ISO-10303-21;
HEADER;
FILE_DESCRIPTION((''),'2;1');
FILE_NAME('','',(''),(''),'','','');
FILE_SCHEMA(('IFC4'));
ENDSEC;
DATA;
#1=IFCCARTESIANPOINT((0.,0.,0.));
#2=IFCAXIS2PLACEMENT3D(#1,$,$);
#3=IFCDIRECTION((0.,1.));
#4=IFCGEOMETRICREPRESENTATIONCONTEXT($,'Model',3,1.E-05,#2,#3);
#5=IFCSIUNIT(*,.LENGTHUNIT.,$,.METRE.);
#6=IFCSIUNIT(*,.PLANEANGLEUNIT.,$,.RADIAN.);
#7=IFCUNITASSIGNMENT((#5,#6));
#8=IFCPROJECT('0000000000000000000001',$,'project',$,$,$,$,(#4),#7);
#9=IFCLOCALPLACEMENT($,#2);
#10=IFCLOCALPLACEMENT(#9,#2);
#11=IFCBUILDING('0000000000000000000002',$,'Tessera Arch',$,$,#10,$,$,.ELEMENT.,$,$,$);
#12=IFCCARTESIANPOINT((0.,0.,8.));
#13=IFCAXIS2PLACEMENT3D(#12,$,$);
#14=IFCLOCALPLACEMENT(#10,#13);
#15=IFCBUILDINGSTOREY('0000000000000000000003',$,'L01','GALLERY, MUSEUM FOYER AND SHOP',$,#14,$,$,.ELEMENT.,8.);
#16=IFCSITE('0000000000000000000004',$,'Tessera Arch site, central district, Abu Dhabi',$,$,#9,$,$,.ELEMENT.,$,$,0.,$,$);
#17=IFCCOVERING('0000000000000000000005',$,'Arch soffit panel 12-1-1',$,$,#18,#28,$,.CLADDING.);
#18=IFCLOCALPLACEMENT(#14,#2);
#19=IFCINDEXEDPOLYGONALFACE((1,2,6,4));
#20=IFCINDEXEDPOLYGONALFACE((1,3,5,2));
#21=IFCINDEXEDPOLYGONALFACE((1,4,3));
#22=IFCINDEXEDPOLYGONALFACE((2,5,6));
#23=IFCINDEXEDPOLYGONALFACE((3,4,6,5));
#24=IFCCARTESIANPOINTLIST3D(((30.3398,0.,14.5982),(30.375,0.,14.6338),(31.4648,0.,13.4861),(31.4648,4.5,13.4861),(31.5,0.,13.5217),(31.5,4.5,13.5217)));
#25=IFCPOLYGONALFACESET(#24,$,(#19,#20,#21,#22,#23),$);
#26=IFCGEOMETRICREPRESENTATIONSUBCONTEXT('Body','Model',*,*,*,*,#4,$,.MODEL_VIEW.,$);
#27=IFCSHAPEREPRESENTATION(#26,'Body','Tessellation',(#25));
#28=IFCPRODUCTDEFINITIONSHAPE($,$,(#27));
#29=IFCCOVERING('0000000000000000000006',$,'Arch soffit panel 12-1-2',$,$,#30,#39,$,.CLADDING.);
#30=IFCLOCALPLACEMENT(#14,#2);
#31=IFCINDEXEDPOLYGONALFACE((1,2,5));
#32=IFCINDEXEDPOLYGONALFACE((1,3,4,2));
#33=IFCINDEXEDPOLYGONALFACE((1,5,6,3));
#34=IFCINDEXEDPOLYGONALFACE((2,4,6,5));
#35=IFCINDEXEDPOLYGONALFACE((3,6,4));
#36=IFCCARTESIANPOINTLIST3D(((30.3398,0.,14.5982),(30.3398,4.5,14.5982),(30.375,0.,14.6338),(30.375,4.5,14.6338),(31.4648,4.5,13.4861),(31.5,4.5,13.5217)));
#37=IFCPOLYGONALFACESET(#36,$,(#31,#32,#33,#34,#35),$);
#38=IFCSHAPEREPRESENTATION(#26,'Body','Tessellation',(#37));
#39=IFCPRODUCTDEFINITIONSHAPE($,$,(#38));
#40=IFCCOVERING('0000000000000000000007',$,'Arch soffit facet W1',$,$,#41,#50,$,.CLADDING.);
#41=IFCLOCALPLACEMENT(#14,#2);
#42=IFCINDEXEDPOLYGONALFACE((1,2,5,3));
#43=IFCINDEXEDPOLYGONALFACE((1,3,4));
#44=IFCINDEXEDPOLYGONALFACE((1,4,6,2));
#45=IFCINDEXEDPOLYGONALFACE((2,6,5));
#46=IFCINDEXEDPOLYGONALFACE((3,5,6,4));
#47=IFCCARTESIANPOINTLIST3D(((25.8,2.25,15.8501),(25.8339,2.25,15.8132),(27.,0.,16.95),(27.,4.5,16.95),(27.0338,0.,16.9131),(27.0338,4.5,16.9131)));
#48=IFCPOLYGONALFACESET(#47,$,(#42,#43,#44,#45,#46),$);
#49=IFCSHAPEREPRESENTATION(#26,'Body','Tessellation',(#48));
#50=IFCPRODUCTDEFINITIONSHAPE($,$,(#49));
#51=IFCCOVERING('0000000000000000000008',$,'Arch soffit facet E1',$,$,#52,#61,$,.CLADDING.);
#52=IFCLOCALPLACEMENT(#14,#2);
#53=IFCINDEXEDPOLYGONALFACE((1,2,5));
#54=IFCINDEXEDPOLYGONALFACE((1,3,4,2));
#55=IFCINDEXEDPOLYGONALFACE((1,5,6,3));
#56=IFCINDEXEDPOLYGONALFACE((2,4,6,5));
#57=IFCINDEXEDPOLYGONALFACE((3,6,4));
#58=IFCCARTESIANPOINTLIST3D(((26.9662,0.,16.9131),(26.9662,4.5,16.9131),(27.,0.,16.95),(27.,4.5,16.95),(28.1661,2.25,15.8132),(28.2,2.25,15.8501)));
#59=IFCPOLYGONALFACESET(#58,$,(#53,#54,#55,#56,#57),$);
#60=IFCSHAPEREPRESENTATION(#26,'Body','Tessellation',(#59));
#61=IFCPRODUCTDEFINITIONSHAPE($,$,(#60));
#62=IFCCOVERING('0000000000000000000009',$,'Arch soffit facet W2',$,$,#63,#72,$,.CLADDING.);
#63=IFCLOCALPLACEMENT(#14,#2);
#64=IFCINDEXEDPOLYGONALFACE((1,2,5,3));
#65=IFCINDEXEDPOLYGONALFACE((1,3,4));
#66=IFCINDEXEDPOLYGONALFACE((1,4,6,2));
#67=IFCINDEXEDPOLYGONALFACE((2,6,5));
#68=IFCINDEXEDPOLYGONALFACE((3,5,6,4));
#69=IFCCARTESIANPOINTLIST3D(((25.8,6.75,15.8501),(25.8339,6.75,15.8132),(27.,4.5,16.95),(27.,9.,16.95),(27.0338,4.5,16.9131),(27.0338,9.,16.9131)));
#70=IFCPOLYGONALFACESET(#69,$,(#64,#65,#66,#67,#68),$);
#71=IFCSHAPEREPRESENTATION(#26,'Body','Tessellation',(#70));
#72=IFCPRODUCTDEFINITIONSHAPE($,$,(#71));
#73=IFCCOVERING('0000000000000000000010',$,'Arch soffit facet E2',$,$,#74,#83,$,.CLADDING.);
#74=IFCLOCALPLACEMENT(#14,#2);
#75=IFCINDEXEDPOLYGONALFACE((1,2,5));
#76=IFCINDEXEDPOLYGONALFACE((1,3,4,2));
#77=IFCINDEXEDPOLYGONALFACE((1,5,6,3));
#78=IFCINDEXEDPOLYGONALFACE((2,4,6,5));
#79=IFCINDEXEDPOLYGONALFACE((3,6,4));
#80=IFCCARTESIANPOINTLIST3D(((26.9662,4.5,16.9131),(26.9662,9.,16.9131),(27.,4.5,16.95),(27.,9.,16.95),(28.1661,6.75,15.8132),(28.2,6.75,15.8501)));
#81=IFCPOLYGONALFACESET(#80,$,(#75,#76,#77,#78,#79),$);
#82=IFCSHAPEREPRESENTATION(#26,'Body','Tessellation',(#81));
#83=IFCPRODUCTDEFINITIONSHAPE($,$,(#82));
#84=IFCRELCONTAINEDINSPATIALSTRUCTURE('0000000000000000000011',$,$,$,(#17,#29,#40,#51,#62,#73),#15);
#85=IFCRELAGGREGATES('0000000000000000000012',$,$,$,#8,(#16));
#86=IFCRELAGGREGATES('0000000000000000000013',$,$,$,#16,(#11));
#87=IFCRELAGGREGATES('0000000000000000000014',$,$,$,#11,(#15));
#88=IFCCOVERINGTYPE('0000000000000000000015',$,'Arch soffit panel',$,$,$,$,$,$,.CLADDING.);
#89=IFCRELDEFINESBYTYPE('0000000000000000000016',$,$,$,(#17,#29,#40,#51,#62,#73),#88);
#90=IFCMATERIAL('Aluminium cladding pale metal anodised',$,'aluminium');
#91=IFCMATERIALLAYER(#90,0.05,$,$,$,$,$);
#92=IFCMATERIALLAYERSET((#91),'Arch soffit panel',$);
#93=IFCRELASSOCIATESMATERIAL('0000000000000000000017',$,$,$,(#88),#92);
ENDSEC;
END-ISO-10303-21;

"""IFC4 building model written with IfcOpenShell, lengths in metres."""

from ifc_helpers import new_model, si_unit, direction, frame, origin, place, context, subcontext, project, spatial, polyline, outline, extrude, material, layer, layer_set, type_object, element, save


model = new_model("IFC4")

# Units and contexts
model_context = context("Model", 3, precision=1e-05, world=origin(), true_north=direction((0.0, 1.0)))
body_context = subcontext(model_context, "Body", "Model", "MODEL_VIEW")
ifc_project = project(units=[si_unit("LENGTHUNIT", "METRE"), si_unit("PLANEANGLEUNIT", "RADIAN")], contexts=[model_context])

# Site, building, storey
site_placement = place(None, origin())
site = spatial("IfcSite", under=ifc_project, at=site_placement, Name="Tessera Arch site, central district, Abu Dhabi", CompositionType="ELEMENT", RefElevation=0.0)
building_placement = place(site_placement, origin())
building = spatial("IfcBuilding", under=site, at=building_placement, Name="Tessera Arch", CompositionType="ELEMENT")
storey_placement = place(building_placement, frame((0.0, 0.0, 8.0)))
storey = spatial("IfcBuildingStorey", under=building, at=storey_placement, Name="L01", Description="GALLERY, MUSEUM FOYER AND SHOP", CompositionType="ELEMENT", Elevation=8.0)

# Coverings
ifc_material = material(Name="Aluminium cladding pale metal anodised", Category="aluminium")
ifc_layer = layer(ifc_material, 0.05)
ifc_layer_set = layer_set([ifc_layer], Name="Arch soffit panel")
covering_type = type_object("IfcCoveringType", Name="Arch soffit panel", PredefinedType="CLADDING", material=ifc_layer_set)
covering_1_placement = place(storey_placement, frame((30.375, 0.0, 14.6338), z_axis=(0.703005, 0.0, 0.711185), x_axis=(0.711185, 0.0, -0.703005)))
element("IfcCovering", 1, at=covering_1_placement, inside=storey, type_object=covering_type, Name="Arch soffit panel 12-1-1", PredefinedType="CLADDING", context=body_context, shape_type="SweptSolid", body=[
    extrude(outline(polyline([(0.0, 0.0), (1.5819, 0.0), (1.5819, 4.5), (0.0, 0.0)])), origin(), (0.0, 0.0, -1.0), 0.05),
])
covering_2_placement = place(storey_placement, frame((30.375, 0.0, 14.6338), z_axis=(0.703005, 0.0, 0.711185), x_axis=(0.235852, 0.943409, -0.233139)))
element("IfcCovering", 2, at=covering_2_placement, inside=storey, type_object=covering_type, Name="Arch soffit panel 12-1-2", PredefinedType="CLADDING", context=body_context, shape_type="SweptSolid", body=[
    extrude(outline(polyline([(0.0, 0.0), (4.7699, 0.0), (4.2453, 1.4923), (0.0, 0.0)])), origin(), (0.0, 0.0, -1.0), 0.05),
])
covering_3_placement = place(storey_placement, frame((27.0, 0.0, 16.95), z_axis=(-0.675691, 0.0, 0.737185), x_axis=(0.0, 1.0, 0.0)))
element("IfcCovering", 3, at=covering_3_placement, inside=storey, type_object=covering_type, Name="Arch soffit facet W1", PredefinedType="CLADDING", context=body_context, shape_type="SweptSolid", body=[
    extrude(outline(polyline([(0.0, 0.0), (4.5, 0.0), (2.25, 1.6277), (0.0, 0.0)])), origin(), (0.0, 0.0, -1.0), 0.05),
])
covering_4_placement = place(storey_placement, frame((27.0, 0.0, 16.95), z_axis=(0.675691, 0.0, 0.737185), x_axis=(0.0, 1.0, 0.0)))
element("IfcCovering", 4, at=covering_4_placement, inside=storey, type_object=covering_type, Name="Arch soffit facet E1", PredefinedType="CLADDING", context=body_context, shape_type="SweptSolid", body=[
    extrude(outline(polyline([(0.0, 0.0), (4.5, 0.0), (2.25, -1.6277), (0.0, 0.0)])), origin(), (0.0, 0.0, -1.0), 0.05),
])
covering_5_placement = place(storey_placement, frame((27.0, 4.5, 16.95), z_axis=(-0.675691, 0.0, 0.737185), x_axis=(0.0, 1.0, 0.0)))
element("IfcCovering", 5, at=covering_5_placement, inside=storey, type_object=covering_type, Name="Arch soffit facet W2", PredefinedType="CLADDING", context=body_context, shape_type="SweptSolid", body=[
    extrude(outline(polyline([(0.0, 0.0), (4.5, 0.0), (2.25, 1.6277), (0.0, 0.0)])), origin(), (0.0, 0.0, -1.0), 0.05),
])
covering_6_placement = place(storey_placement, frame((27.0, 4.5, 16.95), z_axis=(0.675691, 0.0, 0.737185), x_axis=(0.0, 1.0, 0.0)))
element("IfcCovering", 6, at=covering_6_placement, inside=storey, type_object=covering_type, Name="Arch soffit facet E2", PredefinedType="CLADDING", context=body_context, shape_type="SweptSolid", body=[
    extrude(outline(polyline([(0.0, 0.0), (4.5, 0.0), (2.25, -1.6277), (0.0, 0.0)])), origin(), (0.0, 0.0, -1.0), 0.05),
])

save(model, "model.ifc")
